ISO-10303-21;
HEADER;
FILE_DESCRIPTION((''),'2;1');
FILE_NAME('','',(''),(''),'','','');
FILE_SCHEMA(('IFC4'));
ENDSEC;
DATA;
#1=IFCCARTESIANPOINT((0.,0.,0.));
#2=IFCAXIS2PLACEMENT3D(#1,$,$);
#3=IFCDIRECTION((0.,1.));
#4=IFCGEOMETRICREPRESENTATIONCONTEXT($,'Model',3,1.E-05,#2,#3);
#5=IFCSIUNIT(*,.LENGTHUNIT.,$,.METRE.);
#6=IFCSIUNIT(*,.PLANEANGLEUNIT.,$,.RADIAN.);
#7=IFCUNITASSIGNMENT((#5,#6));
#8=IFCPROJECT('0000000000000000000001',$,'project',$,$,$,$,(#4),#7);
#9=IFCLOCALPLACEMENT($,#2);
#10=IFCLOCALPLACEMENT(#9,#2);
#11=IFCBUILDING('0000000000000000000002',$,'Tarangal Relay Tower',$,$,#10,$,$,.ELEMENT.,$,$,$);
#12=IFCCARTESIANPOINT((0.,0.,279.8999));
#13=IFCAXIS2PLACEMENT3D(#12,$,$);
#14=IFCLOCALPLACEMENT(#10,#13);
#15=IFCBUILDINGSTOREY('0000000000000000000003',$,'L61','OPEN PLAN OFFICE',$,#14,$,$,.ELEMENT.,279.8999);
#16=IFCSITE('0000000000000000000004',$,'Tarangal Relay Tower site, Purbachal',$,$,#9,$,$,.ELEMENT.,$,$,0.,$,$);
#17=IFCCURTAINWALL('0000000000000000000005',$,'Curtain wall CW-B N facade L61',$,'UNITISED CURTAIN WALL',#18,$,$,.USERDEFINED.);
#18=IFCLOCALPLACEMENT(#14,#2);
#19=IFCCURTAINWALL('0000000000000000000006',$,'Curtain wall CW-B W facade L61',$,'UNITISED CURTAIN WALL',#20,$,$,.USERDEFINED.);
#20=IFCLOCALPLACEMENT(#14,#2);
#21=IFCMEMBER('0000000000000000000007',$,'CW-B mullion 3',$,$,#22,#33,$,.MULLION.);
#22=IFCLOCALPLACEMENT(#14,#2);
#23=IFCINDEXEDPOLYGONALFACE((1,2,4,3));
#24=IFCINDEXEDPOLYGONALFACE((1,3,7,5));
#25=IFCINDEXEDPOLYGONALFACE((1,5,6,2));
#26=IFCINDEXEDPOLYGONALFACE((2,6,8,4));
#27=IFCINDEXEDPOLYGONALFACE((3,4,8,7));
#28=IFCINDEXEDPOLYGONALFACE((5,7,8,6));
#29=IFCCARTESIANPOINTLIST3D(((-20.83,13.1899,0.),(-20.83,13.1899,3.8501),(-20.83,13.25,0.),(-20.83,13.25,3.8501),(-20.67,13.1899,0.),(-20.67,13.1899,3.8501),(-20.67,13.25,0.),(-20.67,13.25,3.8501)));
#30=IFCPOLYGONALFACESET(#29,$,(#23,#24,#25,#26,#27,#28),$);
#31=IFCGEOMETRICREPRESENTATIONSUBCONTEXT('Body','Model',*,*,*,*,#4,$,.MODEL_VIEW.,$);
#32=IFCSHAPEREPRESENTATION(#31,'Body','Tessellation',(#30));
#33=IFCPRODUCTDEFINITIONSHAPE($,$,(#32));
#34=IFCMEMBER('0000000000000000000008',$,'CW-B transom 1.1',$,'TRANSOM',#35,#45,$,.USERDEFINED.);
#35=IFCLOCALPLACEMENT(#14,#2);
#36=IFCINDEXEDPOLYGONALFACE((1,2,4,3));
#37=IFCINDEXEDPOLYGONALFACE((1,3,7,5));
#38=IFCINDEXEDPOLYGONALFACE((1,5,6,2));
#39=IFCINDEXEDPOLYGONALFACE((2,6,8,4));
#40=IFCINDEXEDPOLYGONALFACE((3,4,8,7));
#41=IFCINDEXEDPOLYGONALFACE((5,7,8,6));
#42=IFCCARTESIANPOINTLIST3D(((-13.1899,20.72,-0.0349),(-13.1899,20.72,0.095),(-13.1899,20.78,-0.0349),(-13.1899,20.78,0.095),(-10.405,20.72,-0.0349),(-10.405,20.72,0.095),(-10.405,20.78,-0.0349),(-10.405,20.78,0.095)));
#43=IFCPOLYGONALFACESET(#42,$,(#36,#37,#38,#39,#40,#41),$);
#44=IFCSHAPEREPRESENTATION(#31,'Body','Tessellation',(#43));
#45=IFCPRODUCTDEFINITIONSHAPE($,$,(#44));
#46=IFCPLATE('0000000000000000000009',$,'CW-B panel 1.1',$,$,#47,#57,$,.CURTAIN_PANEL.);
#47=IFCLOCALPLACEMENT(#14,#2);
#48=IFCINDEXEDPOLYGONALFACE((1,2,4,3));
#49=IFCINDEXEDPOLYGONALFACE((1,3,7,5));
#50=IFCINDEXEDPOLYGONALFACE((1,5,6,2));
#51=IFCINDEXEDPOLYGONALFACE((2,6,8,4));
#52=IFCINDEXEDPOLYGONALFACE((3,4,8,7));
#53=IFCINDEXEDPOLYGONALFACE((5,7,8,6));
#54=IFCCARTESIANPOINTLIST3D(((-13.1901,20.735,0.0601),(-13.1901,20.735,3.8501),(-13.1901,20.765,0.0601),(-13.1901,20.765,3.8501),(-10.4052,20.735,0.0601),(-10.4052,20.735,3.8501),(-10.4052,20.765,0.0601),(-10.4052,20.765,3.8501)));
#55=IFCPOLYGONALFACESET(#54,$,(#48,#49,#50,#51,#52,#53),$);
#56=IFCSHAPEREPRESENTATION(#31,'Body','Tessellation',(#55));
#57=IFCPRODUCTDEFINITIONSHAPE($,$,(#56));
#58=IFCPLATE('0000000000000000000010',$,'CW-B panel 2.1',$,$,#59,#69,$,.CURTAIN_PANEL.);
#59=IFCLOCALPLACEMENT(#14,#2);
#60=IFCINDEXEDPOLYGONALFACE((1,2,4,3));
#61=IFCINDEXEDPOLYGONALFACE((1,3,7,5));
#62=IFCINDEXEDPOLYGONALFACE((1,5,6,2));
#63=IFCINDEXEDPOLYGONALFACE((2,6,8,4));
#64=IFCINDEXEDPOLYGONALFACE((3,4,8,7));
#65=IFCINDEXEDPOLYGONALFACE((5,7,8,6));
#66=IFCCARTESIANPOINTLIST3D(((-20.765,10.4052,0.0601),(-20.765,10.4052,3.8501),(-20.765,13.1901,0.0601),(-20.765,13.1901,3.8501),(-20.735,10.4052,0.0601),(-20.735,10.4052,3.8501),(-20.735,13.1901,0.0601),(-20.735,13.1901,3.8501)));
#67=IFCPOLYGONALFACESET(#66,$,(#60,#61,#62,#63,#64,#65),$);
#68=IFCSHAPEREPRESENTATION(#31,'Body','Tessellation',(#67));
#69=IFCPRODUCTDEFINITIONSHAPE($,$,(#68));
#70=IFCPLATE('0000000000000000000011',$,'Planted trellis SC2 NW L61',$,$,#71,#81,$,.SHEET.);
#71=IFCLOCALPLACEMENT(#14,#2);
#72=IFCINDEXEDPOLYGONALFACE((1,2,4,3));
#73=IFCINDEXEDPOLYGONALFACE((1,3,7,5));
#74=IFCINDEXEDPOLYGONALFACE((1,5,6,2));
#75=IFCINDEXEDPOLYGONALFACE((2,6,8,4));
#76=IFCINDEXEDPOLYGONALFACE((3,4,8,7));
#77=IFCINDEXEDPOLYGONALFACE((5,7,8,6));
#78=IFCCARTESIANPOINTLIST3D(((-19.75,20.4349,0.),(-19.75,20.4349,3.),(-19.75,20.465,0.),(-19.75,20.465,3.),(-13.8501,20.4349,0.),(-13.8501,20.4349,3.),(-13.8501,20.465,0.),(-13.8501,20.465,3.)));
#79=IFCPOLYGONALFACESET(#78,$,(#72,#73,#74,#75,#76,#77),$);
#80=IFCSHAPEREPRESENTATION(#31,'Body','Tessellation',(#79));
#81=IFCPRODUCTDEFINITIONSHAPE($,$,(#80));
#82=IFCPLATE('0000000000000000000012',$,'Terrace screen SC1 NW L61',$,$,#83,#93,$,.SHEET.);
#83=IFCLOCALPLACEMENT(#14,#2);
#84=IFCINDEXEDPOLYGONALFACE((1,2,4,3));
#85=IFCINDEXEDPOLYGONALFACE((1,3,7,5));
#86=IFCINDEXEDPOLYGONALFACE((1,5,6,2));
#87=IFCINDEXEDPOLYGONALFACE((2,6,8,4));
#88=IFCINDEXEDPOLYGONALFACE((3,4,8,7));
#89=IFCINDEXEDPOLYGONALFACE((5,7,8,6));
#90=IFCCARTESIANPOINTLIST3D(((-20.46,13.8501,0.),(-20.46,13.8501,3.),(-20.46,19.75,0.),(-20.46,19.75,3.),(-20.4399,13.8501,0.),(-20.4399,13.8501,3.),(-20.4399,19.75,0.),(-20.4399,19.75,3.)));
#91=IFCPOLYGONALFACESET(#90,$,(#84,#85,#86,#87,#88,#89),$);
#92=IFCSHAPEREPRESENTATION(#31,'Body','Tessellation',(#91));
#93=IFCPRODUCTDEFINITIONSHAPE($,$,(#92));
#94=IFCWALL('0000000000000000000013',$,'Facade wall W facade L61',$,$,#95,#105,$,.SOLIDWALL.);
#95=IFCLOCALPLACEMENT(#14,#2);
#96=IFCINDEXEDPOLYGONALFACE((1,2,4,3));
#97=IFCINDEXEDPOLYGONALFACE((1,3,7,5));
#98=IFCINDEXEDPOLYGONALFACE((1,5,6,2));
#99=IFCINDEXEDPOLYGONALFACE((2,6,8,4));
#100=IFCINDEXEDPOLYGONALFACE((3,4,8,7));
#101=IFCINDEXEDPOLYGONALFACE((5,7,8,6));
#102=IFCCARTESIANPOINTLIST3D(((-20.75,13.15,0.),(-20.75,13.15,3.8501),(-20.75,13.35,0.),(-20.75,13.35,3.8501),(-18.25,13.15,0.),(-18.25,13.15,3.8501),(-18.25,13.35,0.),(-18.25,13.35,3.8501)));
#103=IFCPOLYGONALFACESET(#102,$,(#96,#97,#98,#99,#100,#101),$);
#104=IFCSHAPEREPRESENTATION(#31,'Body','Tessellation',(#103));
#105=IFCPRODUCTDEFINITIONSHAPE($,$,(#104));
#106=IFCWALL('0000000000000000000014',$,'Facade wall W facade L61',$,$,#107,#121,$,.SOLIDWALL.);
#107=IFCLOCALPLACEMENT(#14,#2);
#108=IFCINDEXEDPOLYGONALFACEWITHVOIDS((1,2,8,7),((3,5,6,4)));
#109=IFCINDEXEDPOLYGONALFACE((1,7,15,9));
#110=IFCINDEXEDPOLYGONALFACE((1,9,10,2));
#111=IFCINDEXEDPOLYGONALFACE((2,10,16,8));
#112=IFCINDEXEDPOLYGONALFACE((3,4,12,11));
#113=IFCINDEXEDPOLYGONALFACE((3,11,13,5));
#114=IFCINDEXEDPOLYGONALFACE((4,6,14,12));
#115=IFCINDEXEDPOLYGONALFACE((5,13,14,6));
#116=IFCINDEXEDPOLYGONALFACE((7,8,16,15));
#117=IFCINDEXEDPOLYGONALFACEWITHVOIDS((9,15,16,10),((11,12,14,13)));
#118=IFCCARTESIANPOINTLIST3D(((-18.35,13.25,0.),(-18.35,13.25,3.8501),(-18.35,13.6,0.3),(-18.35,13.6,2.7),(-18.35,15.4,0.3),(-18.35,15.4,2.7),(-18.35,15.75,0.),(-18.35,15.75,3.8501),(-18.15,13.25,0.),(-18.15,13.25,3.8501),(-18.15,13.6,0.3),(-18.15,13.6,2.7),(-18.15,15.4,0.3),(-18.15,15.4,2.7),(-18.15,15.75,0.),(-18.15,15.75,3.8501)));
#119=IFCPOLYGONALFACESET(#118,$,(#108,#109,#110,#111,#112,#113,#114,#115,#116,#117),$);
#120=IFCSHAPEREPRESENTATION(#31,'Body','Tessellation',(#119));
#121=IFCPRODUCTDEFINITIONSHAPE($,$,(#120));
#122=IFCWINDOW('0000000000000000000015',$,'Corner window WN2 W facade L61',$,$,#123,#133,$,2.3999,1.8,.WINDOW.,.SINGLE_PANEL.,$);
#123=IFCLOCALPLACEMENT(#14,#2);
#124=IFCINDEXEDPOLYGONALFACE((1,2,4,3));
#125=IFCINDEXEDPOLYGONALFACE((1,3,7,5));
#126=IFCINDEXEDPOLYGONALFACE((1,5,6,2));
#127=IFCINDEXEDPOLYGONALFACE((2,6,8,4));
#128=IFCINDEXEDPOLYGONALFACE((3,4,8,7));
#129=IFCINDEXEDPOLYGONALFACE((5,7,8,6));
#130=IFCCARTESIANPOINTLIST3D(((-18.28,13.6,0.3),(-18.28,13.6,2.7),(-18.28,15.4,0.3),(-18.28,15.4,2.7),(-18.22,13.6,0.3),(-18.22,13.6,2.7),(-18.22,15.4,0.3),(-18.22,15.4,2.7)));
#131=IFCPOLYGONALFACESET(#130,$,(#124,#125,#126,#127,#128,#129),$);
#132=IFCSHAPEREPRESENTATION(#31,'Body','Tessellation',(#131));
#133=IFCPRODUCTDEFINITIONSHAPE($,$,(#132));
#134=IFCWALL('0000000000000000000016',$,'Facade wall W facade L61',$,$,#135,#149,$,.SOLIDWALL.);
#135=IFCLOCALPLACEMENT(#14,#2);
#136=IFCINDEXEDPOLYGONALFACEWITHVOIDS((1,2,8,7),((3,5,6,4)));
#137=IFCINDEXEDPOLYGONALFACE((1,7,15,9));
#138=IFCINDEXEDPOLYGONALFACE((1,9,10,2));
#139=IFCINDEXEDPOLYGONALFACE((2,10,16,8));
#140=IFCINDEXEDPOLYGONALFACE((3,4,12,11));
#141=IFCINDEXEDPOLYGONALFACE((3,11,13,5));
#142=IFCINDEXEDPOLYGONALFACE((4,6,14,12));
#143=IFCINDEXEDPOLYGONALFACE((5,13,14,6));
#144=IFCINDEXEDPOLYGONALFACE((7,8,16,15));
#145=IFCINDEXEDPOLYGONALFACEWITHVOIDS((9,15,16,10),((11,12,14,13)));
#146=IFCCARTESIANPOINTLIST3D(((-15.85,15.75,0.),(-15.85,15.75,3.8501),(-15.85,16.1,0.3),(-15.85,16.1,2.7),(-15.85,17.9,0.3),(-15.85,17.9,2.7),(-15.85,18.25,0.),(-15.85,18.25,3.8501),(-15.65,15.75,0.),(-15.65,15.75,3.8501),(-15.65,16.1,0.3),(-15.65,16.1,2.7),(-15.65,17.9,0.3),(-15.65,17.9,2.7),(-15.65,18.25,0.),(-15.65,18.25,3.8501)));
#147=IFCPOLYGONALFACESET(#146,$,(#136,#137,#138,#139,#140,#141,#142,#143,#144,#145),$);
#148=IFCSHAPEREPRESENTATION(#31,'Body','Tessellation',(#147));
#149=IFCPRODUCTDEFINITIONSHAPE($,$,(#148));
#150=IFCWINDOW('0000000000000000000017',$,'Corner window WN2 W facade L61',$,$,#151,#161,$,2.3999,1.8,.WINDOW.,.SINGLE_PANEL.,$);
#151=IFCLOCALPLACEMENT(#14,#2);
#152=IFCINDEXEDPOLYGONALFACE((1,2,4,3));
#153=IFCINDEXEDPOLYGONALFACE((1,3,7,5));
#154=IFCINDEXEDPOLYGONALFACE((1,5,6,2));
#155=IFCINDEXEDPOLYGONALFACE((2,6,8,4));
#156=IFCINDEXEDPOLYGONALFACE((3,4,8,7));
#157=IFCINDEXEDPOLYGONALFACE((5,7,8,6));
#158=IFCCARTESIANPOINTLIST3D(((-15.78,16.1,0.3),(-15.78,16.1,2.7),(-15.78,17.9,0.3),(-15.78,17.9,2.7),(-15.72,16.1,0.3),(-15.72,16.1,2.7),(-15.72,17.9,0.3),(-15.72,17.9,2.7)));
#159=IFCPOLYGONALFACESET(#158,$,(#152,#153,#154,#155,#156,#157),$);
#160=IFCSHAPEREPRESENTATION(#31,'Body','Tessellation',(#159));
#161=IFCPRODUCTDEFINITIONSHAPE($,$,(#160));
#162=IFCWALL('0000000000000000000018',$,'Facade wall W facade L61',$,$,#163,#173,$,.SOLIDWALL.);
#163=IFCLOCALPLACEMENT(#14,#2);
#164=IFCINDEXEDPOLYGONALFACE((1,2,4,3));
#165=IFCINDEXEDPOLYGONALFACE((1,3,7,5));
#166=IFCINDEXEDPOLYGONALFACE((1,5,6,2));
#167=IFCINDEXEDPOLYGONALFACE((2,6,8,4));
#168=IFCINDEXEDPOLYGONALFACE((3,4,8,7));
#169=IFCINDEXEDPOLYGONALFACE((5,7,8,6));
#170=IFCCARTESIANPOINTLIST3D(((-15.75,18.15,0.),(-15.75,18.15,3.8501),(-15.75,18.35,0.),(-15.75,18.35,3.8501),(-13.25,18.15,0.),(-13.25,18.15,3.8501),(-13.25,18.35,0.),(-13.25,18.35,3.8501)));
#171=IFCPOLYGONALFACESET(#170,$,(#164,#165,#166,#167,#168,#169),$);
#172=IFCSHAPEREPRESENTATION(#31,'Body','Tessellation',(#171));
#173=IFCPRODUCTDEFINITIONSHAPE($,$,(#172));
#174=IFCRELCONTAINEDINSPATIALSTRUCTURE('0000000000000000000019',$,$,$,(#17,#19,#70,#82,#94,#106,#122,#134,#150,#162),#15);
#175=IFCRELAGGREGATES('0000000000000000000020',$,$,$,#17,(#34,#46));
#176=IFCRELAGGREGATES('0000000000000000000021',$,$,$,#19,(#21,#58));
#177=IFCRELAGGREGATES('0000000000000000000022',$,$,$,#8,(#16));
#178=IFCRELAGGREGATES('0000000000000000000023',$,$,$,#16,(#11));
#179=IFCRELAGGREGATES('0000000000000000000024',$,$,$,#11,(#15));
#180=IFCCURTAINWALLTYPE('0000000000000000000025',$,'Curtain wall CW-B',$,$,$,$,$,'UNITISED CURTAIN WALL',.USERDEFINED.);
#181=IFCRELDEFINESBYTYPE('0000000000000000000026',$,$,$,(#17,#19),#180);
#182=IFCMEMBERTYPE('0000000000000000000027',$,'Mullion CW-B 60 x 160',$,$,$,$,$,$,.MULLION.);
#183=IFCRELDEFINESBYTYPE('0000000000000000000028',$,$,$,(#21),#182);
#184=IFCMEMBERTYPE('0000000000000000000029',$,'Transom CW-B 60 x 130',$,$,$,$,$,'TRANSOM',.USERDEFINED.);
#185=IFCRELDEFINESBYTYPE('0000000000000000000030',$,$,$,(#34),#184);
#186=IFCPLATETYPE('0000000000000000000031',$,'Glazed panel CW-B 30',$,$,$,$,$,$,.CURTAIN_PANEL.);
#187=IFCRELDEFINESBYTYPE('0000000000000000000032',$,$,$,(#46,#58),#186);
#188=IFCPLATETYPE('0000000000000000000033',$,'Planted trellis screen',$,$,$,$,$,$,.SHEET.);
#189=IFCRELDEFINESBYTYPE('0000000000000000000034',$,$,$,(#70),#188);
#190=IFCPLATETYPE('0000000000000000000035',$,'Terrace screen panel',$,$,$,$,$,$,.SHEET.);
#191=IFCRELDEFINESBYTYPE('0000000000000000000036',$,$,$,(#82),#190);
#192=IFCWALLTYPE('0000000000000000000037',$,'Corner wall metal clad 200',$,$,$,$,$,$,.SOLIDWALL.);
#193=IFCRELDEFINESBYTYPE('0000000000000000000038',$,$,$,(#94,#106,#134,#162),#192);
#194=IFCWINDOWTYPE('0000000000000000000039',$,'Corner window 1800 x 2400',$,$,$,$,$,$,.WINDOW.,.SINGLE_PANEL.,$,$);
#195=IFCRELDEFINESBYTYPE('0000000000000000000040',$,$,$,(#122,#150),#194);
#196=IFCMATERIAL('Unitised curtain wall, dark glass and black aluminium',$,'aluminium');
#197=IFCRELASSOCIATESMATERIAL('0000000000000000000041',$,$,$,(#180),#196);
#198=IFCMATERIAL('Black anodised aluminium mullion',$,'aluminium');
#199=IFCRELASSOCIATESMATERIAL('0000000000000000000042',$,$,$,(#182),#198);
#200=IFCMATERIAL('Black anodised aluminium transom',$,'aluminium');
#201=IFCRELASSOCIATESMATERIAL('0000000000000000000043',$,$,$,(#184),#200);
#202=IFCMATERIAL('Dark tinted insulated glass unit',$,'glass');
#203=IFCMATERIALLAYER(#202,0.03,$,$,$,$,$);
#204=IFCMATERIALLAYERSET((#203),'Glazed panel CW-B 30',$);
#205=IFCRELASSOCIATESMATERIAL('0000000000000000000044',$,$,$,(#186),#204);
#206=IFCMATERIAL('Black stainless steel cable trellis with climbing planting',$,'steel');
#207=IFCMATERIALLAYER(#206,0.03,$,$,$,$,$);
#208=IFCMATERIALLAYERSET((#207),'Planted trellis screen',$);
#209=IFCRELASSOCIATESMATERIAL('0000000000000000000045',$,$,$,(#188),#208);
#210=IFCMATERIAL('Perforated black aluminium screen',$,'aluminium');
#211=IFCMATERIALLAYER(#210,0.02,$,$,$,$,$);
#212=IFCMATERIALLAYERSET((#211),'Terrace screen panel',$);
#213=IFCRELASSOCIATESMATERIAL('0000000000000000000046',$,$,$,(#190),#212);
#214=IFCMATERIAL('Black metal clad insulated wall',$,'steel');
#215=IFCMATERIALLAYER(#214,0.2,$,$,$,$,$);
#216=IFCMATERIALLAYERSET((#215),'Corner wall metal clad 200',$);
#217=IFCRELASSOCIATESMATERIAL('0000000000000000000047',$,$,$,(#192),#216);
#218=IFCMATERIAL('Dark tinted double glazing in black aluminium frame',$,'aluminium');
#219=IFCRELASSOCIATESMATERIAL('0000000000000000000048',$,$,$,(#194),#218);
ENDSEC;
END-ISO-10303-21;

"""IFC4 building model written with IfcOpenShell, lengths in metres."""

from ifc_helpers import new_model, si_unit, direction, frame, frame_2d, origin, origin_2d, place, context, subcontext, project, spatial, rectangle, extrude, material, layer, layer_set, material_profile, profile_set, type_object, element, fill, aggregate, save


model = new_model("IFC4")

# Units and contexts
model_context = context("Model", 3, precision=1e-05, world=origin(), true_north=direction((0.0, 1.0)))
body_context = subcontext(model_context, "Body", "Model", "MODEL_VIEW")
ifc_project = project(units=[si_unit("LENGTHUNIT", "METRE"), si_unit("PLANEANGLEUNIT", "RADIAN")], contexts=[model_context])

# Site, building, storey
site_placement = place(None, origin())
site = spatial("IfcSite", under=ifc_project, at=site_placement, Name="Tarangal Relay Tower site, Purbachal", CompositionType="ELEMENT", RefElevation=0.0)
building_placement = place(site_placement, origin())
building = spatial("IfcBuilding", under=site, at=building_placement, Name="Tarangal Relay Tower", CompositionType="ELEMENT")
storey_placement = place(building_placement, frame((0.0, 0.0, 279.8999)))
storey = spatial("IfcBuildingStorey", under=building, at=storey_placement, Name="L61", Description="OPEN PLAN OFFICE", CompositionType="ELEMENT", Elevation=279.8999)

# Curtain wall
ifc_material_1 = material(Name="Unitised curtain wall, dark glass and black aluminium", Category="aluminium")
curtain_wall_type = type_object("IfcCurtainWallType", Name="Curtain wall CW-B", ElementType="UNITISED CURTAIN WALL", PredefinedType="USERDEFINED", material=ifc_material_1)
curtain_wall_1_placement = place(storey_placement, origin())
curtain_wall_1 = element("IfcCurtainWall", 1, at=curtain_wall_1_placement, inside=storey, type_object=curtain_wall_type, Name="Curtain wall CW-B N facade L61", ObjectType="UNITISED CURTAIN WALL", PredefinedType="USERDEFINED")
ifc_material_2 = material(Name="Black anodised aluminium mullion", Category="aluminium")
ifc_material_profile_1 = material_profile(ifc_material_2, rectangle(XDim=0.1599, YDim=0.0601, at=origin_2d()), Name="CW-BM 60X160")
ifc_profile_set_1 = profile_set([ifc_material_profile_1], Name="Black anodised aluminium mullion")
member_type_1 = type_object("IfcMemberType", Name="Mullion CW-B 60 x 160", PredefinedType="MULLION", material=ifc_profile_set_1)

# Curtain wall, member
curtain_wall_2_placement = place(storey_placement, origin())
curtain_wall_2 = element("IfcCurtainWall", 2, at=curtain_wall_2_placement, inside=storey, type_object=curtain_wall_type, Name="Curtain wall CW-B W facade L61", ObjectType="UNITISED CURTAIN WALL", PredefinedType="USERDEFINED")
member_1_placement = place(storey_placement, frame((-20.75, 13.22, 0.0), z_axis=(0.0, 0.0, 1.0), x_axis=(-1.0, 0.0, 0.0)))
member_1 = element("IfcMember", 3, at=member_1_placement, type_object=member_type_1, Name="CW-B mullion 3", PredefinedType="MULLION", context=body_context, shape_type="SweptSolid", body=[
    extrude(rectangle(XDim=0.1599, YDim=0.0601, at=origin_2d()), origin(), (0.0, 0.0, 1.0), 3.8501),
])

# Member
ifc_material_3 = material(Name="Black anodised aluminium transom", Category="aluminium")
ifc_material_profile_2 = material_profile(ifc_material_3, rectangle(XDim=0.0601, YDim=0.1299, at=origin_2d()), Name="CW-BT 60X130")
ifc_profile_set_2 = profile_set([ifc_material_profile_2], Name="Black anodised aluminium transom")
member_type_2 = type_object("IfcMemberType", Name="Transom CW-B 60 x 130", ElementType="TRANSOM", PredefinedType="USERDEFINED", material=ifc_profile_set_2)
member_2_placement = place(storey_placement, frame((-13.1899, 20.75, 0.03), z_axis=(1.0, 0.0, 0.0), x_axis=(0.0, 1.0, 0.0)))
member_2 = element("IfcMember", 4, at=member_2_placement, type_object=member_type_2, Name="CW-B transom 1.1", ObjectType="TRANSOM", PredefinedType="USERDEFINED", context=body_context, shape_type="SweptSolid", body=[
    extrude(rectangle(XDim=0.0601, YDim=0.1299, at=origin_2d()), origin(), (0.0, 0.0, 1.0), 2.7849),
])

# Plates
ifc_material_4 = material(Name="Dark tinted insulated glass unit", Category="glass")
ifc_layer_1 = layer(ifc_material_4, 0.03)
ifc_layer_set_1 = layer_set([ifc_layer_1], Name="Glazed panel CW-B 30")
plate_type_1 = type_object("IfcPlateType", Name="Glazed panel CW-B 30", PredefinedType="CURTAIN_PANEL", material=ifc_layer_set_1)
plate_1_placement = place(storey_placement, frame((-11.7976, 20.75, 0.0601), z_axis=(0.0, 0.0, 1.0), x_axis=(1.0, 0.0, 0.0)))
plate_1 = element("IfcPlate", 5, at=plate_1_placement, type_object=plate_type_1, Name="CW-B panel 1.1", PredefinedType="CURTAIN_PANEL", context=body_context, shape_type="SweptSolid", body=[
    extrude(rectangle(XDim=2.7849, YDim=0.03, at=origin_2d()), origin(), (0.0, 0.0, 1.0), 3.79),
])
aggregate(curtain_wall_1, [member_2, plate_1])
plate_2_placement = place(storey_placement, frame((-20.75, 11.7976, 0.0601), z_axis=(0.0, 0.0, 1.0), x_axis=(0.0, 1.0, 0.0)))
plate_2 = element("IfcPlate", 6, at=plate_2_placement, type_object=plate_type_1, Name="CW-B panel 2.1", PredefinedType="CURTAIN_PANEL", context=body_context, shape_type="SweptSolid", body=[
    extrude(rectangle(XDim=2.7849, YDim=0.03, at=origin_2d()), origin(), (0.0, 0.0, 1.0), 3.79),
])
aggregate(curtain_wall_2, [member_1, plate_2])

# Plates
ifc_material_5 = material(Name="Black stainless steel cable trellis with climbing planting", Category="steel")
ifc_layer_2 = layer(ifc_material_5, 0.03)
ifc_layer_set_2 = layer_set([ifc_layer_2], Name="Planted trellis screen")
plate_type_2 = type_object("IfcPlateType", Name="Planted trellis screen", PredefinedType="SHEET", material=ifc_layer_set_2)
plate_3_placement = place(storey_placement, frame((-16.8, 20.45, 0.0), z_axis=(0.0, 0.0, 1.0), x_axis=(1.0, 0.0, 0.0)))
element("IfcPlate", 7, at=plate_3_placement, inside=storey, type_object=plate_type_2, Name="Planted trellis SC2 NW L61", PredefinedType="SHEET", context=body_context, shape_type="SweptSolid", body=[
    extrude(rectangle(XDim=5.8999, YDim=0.03, at=origin_2d()), origin(), (0.0, 0.0, 1.0), 3.0),
])
ifc_material_6 = material(Name="Perforated black aluminium screen", Category="aluminium")
ifc_layer_3 = layer(ifc_material_6, 0.02)
ifc_layer_set_3 = layer_set([ifc_layer_3], Name="Terrace screen panel")
plate_type_3 = type_object("IfcPlateType", Name="Terrace screen panel", PredefinedType="SHEET", material=ifc_layer_set_3)
plate_4_placement = place(storey_placement, frame((-20.45, 16.8, 0.0), z_axis=(0.0, 0.0, 1.0), x_axis=(0.0, 1.0, 0.0)))
element("IfcPlate", 8, at=plate_4_placement, inside=storey, type_object=plate_type_3, Name="Terrace screen SC1 NW L61", PredefinedType="SHEET", context=body_context, shape_type="SweptSolid", body=[
    extrude(rectangle(XDim=5.8999, YDim=0.02, at=origin_2d()), origin(), (0.0, 0.0, 1.0), 3.0),
])

# Wall
ifc_material_7 = material(Name="Black metal clad insulated wall", Category="steel")
ifc_layer_4 = layer(ifc_material_7, 0.2)
ifc_layer_set_4 = layer_set([ifc_layer_4], Name="Corner wall metal clad 200")
wall_type_1 = type_object("IfcWallType", Name="Corner wall metal clad 200", PredefinedType="SOLIDWALL", material=ifc_layer_set_4)
wall_1_placement = place(storey_placement, frame((-20.75, 13.25, 0.0), z_axis=(0.0, 0.0, 1.0), x_axis=(1.0, 0.0, 0.0)))
element("IfcWall", 9, at=wall_1_placement, inside=storey, type_object=wall_type_1, Name="Facade wall W facade L61", PredefinedType="SOLIDWALL", context=body_context, shape_type="SweptSolid", body=[
    extrude(rectangle(XDim=2.5, YDim=0.2, at=frame_2d((1.25, 0.0))), origin(), (0.0, 0.0, 1.0), 3.8501),
])

# Wall, opening, window
wall_2_placement = place(storey_placement, frame((-18.25, 13.25, 0.0), z_axis=(0.0, 0.0, 1.0), x_axis=(0.0, 1.0, 0.0)))
wall_2 = element("IfcWall", 10, at=wall_2_placement, inside=storey, type_object=wall_type_1, Name="Facade wall W facade L61", PredefinedType="SOLIDWALL", context=body_context, shape_type="SweptSolid", body=[
    extrude(rectangle(XDim=2.5, YDim=0.2, at=frame_2d((1.25, 0.0))), origin(), (0.0, 0.0, 1.0), 3.8501),
])
opening_1_placement = place(wall_2_placement, frame((0.3501, 0.0, 0.3)))
opening_1 = element("IfcOpeningElement", 11, at=opening_1_placement, cuts=wall_2, PredefinedType="OPENING", context=body_context, shape_type="SweptSolid", body=[
    extrude(rectangle(XDim=1.8, YDim=2.3999, at=frame_2d((0.8999, 1.2))), frame((0.0, 0.1099, 0.0), z_axis=(0.0, -1.0, 0.0), x_axis=(1.0, 0.0, 0.0)), (0.0, 0.0, 1.0), 0.22),
])
ifc_material_8 = material(Name="Dark tinted double glazing in black aluminium frame", Category="aluminium")
window_type = type_object("IfcWindowType", Name="Corner window 1800 x 2400", PartitioningType="SINGLE_PANEL", PredefinedType="WINDOW", material=ifc_material_8)
window_1_placement = place(opening_1_placement, origin())
window_1 = element("IfcWindow", 12, at=window_1_placement, inside=storey, type_object=window_type, Name="Corner window WN2 W facade L61", OverallHeight=2.3999, OverallWidth=1.8, PartitioningType="SINGLE_PANEL", PredefinedType="WINDOW", context=body_context, shape_type="SweptSolid", body=[
    extrude(rectangle(XDim=1.8, YDim=2.3999, at=frame_2d((0.8999, 1.2))), frame((0.0, 0.03, 0.0), z_axis=(0.0, -1.0, 0.0), x_axis=(1.0, 0.0, 0.0)), (0.0, 0.0, 1.0), 0.0601),
])
fill(opening_1, window_1)

# Wall, opening, window
wall_3_placement = place(storey_placement, frame((-15.75, 15.75, 0.0), z_axis=(0.0, 0.0, 1.0), x_axis=(0.0, 1.0, 0.0)))
wall_3 = element("IfcWall", 13, at=wall_3_placement, inside=storey, type_object=wall_type_1, Name="Facade wall W facade L61", PredefinedType="SOLIDWALL", context=body_context, shape_type="SweptSolid", body=[
    extrude(rectangle(XDim=2.5, YDim=0.2, at=frame_2d((1.25, 0.0))), origin(), (0.0, 0.0, 1.0), 3.8501),
])
opening_2_placement = place(wall_3_placement, frame((0.3501, 0.0, 0.3)))
opening_2 = element("IfcOpeningElement", 14, at=opening_2_placement, cuts=wall_3, PredefinedType="OPENING", context=body_context, shape_type="SweptSolid", body=[
    extrude(rectangle(XDim=1.8, YDim=2.3999, at=frame_2d((0.8999, 1.2))), frame((0.0, 0.1099, 0.0), z_axis=(0.0, -1.0, 0.0), x_axis=(1.0, 0.0, 0.0)), (0.0, 0.0, 1.0), 0.22),
])
window_2_placement = place(opening_2_placement, origin())
window_2 = element("IfcWindow", 15, at=window_2_placement, inside=storey, type_object=window_type, Name="Corner window WN2 W facade L61", OverallHeight=2.3999, OverallWidth=1.8, PartitioningType="SINGLE_PANEL", PredefinedType="WINDOW", context=body_context, shape_type="SweptSolid", body=[
    extrude(rectangle(XDim=1.8, YDim=2.3999, at=frame_2d((0.8999, 1.2))), frame((0.0, 0.03, 0.0), z_axis=(0.0, -1.0, 0.0), x_axis=(1.0, 0.0, 0.0)), (0.0, 0.0, 1.0), 0.0601),
])
fill(opening_2, window_2)

# Wall
wall_4_placement = place(storey_placement, frame((-15.75, 18.25, 0.0), z_axis=(0.0, 0.0, 1.0), x_axis=(1.0, 0.0, 0.0)))
element("IfcWall", 16, at=wall_4_placement, inside=storey, type_object=wall_type_1, Name="Facade wall W facade L61", PredefinedType="SOLIDWALL", context=body_context, shape_type="SweptSolid", body=[
    extrude(rectangle(XDim=2.5, YDim=0.2, at=frame_2d((1.25, 0.0))), origin(), (0.0, 0.0, 1.0), 3.8501),
])

save(model, "model.ifc")
